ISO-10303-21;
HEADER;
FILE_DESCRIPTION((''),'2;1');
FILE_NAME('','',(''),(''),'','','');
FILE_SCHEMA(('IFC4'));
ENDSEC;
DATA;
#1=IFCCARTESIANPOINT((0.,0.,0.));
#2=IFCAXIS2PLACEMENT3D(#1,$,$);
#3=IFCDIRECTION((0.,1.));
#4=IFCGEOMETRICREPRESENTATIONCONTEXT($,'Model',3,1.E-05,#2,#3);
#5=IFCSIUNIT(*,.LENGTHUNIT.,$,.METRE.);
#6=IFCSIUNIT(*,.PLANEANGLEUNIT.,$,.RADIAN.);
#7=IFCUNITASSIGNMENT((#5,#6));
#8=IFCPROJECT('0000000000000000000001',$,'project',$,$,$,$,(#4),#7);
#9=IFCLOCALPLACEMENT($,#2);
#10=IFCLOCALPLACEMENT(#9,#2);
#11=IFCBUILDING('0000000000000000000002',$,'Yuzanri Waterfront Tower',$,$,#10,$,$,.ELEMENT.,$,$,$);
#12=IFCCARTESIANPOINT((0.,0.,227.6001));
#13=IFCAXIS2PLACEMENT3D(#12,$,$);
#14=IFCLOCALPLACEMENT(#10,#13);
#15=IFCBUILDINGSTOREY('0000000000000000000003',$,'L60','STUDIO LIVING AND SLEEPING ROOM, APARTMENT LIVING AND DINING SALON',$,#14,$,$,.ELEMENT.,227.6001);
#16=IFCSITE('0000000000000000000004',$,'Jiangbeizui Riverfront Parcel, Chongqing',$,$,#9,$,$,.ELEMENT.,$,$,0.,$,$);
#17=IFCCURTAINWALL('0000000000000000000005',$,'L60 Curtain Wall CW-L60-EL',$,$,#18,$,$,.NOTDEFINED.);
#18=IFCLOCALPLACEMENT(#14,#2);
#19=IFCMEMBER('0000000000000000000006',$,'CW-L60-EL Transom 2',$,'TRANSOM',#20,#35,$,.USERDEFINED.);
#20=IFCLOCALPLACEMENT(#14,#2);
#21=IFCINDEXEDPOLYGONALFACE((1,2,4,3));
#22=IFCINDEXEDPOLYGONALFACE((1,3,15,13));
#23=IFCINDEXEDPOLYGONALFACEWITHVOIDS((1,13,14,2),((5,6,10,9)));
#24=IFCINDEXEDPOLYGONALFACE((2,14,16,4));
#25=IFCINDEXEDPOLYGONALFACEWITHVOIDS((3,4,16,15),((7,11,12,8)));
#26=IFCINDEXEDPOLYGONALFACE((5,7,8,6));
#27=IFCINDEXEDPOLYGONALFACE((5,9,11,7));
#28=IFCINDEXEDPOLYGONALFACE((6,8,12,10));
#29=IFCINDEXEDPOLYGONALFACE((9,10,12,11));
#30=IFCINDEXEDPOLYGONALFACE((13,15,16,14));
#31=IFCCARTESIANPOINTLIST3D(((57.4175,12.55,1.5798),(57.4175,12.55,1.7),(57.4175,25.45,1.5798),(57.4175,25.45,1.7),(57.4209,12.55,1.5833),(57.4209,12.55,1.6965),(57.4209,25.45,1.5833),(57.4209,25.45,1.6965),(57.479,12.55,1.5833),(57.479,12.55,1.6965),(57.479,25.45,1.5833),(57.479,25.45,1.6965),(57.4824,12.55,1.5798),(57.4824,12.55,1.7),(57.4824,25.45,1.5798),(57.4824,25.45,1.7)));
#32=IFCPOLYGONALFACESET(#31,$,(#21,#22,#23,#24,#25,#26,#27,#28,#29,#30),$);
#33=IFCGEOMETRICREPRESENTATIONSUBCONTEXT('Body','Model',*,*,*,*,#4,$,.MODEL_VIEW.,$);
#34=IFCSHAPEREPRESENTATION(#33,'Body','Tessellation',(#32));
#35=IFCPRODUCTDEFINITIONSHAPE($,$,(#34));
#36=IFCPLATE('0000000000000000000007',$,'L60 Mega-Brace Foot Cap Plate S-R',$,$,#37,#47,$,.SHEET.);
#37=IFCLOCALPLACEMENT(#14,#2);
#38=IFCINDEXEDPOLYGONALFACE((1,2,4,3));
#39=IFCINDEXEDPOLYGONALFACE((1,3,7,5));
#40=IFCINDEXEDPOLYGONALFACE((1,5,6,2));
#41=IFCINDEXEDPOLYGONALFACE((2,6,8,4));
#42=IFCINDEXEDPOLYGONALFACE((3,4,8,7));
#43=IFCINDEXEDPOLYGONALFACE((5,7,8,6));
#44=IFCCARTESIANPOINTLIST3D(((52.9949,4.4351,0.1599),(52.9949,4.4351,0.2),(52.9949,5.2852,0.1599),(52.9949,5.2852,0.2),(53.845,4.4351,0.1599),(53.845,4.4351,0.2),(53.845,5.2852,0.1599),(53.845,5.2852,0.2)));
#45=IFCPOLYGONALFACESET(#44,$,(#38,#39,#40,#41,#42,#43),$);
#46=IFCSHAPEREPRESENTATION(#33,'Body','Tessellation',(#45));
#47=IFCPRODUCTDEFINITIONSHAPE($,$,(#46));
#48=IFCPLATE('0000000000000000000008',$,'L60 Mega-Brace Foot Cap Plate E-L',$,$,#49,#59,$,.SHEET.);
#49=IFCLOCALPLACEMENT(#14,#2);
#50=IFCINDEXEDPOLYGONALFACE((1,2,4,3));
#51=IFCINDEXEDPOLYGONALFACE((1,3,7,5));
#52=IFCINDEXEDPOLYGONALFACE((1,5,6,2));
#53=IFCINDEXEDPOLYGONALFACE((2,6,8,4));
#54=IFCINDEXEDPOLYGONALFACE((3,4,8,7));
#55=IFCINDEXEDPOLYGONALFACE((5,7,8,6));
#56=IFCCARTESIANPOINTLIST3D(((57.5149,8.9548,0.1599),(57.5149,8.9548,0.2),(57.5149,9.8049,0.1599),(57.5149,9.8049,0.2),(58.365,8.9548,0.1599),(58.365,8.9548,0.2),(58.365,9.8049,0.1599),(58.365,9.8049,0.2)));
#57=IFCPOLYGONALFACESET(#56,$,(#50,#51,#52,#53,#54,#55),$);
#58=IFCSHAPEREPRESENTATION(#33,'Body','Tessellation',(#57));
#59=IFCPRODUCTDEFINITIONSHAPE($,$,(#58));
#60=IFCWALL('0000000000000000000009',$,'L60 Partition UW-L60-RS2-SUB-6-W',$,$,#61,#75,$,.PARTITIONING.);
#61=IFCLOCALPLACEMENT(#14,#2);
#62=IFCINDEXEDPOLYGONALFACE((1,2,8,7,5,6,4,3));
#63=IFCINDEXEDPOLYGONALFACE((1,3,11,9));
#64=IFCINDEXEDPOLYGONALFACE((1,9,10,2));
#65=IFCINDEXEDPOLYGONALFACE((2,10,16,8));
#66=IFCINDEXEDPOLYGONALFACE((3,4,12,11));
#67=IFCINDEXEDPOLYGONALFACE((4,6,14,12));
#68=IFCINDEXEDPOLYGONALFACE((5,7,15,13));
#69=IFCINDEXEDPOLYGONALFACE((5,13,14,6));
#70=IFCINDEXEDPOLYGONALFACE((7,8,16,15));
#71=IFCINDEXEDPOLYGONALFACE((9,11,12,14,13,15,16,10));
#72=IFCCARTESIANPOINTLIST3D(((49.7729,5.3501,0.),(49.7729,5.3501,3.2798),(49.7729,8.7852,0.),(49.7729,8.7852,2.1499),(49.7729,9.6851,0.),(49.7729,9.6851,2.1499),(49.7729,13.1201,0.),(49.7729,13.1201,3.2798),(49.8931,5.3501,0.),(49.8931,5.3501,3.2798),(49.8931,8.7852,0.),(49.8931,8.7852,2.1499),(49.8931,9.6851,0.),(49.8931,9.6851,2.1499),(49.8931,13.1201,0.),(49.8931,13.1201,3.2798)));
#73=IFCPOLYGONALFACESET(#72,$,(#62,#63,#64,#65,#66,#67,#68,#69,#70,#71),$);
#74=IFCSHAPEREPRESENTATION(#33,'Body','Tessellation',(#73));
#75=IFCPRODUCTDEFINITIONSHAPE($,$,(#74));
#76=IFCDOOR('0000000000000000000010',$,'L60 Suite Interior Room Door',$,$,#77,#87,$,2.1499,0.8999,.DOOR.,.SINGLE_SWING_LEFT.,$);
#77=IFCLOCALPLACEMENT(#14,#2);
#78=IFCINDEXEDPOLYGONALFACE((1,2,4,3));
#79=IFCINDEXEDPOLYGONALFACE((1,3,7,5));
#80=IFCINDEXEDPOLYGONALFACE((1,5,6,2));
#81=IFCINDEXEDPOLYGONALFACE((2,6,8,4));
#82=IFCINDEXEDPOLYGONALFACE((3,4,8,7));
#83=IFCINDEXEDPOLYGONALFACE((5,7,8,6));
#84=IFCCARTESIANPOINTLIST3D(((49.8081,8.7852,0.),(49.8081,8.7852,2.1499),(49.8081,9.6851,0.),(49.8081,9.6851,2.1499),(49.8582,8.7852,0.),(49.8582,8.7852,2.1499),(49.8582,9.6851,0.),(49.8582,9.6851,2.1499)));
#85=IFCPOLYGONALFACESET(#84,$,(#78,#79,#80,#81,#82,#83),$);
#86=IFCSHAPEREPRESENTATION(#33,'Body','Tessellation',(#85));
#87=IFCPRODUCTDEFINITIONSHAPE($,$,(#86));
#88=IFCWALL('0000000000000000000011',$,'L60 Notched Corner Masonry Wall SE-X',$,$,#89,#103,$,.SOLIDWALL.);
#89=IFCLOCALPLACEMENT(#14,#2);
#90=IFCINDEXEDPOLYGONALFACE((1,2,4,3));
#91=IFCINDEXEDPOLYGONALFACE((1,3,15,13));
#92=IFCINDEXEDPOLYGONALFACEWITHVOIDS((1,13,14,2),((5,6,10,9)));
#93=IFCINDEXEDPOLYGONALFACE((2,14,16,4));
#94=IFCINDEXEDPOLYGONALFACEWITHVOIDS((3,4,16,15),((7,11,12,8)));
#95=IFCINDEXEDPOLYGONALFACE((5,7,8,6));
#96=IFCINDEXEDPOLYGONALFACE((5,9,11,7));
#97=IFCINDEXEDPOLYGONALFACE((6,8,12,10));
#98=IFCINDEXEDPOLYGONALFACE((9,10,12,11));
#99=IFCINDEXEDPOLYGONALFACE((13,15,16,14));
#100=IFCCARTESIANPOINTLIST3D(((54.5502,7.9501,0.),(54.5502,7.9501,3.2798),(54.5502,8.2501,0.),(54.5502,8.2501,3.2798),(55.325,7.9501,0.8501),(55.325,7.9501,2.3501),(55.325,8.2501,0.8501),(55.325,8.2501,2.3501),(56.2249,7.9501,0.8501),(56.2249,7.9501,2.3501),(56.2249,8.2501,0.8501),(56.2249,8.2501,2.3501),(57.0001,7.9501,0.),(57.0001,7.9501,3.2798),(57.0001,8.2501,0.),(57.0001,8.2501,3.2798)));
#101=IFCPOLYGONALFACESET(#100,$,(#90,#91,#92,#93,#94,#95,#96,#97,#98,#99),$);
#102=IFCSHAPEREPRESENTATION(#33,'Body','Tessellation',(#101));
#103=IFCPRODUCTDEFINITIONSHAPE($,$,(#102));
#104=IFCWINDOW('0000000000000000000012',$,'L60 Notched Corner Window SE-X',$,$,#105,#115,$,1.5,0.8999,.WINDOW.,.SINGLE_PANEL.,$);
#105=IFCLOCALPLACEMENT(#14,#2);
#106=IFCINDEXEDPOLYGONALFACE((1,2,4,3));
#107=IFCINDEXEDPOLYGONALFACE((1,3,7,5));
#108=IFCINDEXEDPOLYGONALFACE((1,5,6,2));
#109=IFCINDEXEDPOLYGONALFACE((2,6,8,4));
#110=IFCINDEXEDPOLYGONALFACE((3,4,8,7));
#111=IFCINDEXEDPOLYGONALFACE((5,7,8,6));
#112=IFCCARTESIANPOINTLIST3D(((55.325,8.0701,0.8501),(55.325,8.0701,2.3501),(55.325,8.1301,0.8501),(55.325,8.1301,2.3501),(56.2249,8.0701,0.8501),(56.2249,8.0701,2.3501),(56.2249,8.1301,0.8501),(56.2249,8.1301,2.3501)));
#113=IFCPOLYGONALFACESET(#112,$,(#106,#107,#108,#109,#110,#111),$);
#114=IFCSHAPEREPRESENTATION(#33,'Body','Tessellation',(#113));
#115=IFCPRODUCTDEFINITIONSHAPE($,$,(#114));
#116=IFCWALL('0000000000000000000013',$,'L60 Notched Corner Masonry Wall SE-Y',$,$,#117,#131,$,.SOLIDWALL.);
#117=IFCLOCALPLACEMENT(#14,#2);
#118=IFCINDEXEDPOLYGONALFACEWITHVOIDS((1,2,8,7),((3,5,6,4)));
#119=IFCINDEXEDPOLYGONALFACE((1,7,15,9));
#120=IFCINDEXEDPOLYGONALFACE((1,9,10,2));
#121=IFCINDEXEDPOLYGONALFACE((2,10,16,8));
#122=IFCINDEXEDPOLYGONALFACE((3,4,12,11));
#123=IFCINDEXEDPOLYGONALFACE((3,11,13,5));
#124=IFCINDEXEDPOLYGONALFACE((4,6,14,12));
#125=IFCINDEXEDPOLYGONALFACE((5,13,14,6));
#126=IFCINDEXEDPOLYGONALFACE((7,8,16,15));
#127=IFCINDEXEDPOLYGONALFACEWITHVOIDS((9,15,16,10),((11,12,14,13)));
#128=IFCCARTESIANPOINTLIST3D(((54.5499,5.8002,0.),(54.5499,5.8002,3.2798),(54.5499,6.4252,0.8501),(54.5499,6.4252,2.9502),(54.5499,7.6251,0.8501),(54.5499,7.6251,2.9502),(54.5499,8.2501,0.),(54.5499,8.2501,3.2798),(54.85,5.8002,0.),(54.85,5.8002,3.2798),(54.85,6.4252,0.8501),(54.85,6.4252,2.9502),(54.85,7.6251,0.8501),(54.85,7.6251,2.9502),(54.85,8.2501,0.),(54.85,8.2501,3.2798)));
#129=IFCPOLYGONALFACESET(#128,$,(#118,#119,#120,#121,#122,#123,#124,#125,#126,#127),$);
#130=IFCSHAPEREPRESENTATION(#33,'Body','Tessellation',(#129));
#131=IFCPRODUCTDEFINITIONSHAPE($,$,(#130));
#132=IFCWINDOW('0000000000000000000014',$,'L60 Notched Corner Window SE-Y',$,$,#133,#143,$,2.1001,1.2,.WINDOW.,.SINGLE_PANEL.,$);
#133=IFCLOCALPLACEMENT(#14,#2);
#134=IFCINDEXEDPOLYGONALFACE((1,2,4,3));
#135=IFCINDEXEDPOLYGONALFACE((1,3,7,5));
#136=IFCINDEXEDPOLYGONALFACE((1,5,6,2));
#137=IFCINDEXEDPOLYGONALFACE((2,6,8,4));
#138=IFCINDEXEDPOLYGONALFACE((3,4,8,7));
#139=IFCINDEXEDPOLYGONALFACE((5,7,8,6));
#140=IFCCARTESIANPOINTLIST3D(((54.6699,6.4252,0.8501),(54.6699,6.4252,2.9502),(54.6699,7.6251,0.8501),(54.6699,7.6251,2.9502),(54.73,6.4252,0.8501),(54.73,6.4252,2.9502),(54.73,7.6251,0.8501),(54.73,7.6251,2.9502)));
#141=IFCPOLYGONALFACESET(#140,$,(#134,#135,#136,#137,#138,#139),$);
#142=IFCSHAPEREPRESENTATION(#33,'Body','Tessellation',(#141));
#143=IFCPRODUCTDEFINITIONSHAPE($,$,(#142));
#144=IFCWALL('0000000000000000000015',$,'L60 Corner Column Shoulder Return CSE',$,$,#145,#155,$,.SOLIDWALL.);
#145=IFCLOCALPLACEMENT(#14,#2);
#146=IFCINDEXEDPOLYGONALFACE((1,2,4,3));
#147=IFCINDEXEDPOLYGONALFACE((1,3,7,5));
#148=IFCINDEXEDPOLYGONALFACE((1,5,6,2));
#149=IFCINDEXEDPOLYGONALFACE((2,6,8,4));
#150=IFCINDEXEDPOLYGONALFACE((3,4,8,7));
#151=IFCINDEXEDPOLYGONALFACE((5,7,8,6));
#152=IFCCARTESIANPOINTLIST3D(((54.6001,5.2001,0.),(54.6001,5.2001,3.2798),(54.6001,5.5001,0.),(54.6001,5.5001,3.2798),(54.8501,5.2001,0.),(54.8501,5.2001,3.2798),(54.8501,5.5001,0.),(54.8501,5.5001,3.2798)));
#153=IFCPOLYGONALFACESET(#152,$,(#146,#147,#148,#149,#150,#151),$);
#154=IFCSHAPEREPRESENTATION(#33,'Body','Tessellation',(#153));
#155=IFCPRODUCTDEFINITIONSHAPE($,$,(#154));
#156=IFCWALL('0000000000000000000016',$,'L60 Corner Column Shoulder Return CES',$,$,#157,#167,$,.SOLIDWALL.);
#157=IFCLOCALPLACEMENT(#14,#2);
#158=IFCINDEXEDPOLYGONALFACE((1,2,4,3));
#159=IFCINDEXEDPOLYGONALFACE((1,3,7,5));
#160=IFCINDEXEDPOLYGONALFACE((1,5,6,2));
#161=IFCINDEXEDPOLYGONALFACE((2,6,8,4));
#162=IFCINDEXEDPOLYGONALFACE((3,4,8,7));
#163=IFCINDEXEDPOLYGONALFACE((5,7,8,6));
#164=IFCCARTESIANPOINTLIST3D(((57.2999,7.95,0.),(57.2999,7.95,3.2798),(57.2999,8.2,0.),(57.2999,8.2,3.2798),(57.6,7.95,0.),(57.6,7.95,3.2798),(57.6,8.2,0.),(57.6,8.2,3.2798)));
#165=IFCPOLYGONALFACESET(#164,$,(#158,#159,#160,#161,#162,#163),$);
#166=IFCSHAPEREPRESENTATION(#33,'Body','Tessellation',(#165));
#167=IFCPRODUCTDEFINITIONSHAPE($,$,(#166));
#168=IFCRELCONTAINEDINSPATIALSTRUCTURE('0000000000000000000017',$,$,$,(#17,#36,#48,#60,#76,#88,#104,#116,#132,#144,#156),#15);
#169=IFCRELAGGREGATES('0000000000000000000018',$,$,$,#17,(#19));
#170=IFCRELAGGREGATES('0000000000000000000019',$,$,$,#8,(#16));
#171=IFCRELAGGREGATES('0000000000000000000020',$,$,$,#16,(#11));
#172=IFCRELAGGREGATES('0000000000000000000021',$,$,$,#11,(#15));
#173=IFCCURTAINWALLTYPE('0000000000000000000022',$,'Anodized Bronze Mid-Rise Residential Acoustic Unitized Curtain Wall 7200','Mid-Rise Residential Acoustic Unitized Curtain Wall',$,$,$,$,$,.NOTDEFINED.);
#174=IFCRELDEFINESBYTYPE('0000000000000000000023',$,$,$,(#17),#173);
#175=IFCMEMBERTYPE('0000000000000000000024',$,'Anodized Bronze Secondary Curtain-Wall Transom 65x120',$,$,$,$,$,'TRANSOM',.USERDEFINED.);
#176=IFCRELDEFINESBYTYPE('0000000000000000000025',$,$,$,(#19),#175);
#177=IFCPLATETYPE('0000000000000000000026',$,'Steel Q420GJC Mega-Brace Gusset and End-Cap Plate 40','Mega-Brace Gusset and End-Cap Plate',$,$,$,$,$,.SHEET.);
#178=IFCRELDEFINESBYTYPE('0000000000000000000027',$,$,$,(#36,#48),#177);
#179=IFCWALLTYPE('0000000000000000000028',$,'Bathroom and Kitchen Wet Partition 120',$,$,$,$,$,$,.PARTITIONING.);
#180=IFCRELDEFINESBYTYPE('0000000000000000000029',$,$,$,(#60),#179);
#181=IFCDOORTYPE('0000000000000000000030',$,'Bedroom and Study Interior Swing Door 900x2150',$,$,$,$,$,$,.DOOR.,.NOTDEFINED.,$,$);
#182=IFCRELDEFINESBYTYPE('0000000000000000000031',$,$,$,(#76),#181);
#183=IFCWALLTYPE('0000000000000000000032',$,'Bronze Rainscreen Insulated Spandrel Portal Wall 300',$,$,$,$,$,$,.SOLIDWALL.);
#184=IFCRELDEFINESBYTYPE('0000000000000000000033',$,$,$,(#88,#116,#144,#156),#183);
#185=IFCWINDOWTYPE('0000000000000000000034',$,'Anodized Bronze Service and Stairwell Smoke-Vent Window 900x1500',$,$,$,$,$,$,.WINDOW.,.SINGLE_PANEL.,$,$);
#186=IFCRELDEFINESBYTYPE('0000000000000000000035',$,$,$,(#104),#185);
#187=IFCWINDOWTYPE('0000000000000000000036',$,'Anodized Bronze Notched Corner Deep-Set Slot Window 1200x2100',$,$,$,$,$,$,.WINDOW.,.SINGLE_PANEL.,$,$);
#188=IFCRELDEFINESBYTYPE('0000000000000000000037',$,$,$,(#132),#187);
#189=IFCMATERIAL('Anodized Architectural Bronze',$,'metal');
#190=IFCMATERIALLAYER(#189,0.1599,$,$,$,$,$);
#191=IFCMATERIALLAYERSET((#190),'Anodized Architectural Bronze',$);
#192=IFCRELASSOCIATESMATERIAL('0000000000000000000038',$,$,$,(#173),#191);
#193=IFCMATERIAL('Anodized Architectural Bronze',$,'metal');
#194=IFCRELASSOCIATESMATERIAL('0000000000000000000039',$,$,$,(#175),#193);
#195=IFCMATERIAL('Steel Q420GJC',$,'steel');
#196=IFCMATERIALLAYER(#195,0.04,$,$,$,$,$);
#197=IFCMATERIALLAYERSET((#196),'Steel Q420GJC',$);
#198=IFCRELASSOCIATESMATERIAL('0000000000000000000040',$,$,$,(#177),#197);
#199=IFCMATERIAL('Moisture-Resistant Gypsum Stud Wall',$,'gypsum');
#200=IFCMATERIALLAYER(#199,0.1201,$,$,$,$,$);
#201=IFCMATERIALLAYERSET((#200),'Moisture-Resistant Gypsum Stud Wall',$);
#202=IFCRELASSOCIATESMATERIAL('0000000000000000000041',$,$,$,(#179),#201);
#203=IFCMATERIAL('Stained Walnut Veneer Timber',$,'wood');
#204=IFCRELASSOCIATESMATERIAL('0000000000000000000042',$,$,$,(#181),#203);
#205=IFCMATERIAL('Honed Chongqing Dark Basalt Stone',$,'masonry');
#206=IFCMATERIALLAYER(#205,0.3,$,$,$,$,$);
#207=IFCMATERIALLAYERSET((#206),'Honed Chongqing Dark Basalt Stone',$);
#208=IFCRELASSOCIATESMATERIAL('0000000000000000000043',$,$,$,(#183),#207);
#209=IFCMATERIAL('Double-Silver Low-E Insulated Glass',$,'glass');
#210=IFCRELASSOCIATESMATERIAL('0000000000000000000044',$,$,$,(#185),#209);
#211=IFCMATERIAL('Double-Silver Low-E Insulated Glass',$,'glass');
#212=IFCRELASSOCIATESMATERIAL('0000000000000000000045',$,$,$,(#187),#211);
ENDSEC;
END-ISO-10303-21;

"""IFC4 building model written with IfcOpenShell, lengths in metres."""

from ifc_helpers import new_model, si_unit, direction, frame, frame_2d, origin, origin_2d, place, context, subcontext, project, spatial, rectangle, hollow_rectangle, extrude, source, transform, mapped, material, layer, layer_set, material_profile, profile_set, type_object, element, fill, aggregate, save


model = new_model("IFC4")

# Units and contexts
model_context = context("Model", 3, precision=1e-05, world=origin(), true_north=direction((0.0, 1.0)))
body_context = subcontext(model_context, "Body", "Model", "MODEL_VIEW")
ifc_project = project(units=[si_unit("LENGTHUNIT", "METRE"), si_unit("PLANEANGLEUNIT", "RADIAN")], contexts=[model_context])

# Site, building, storey
site_placement = place(None, origin())
site = spatial("IfcSite", under=ifc_project, at=site_placement, Name="Jiangbeizui Riverfront Parcel, Chongqing", CompositionType="ELEMENT", RefElevation=0.0)
building_placement = place(site_placement, origin())
building = spatial("IfcBuilding", under=site, at=building_placement, Name="Yuzanri Waterfront Tower", CompositionType="ELEMENT")
storey_placement = place(building_placement, frame((0.0, 0.0, 227.6001)))
storey = spatial("IfcBuildingStorey", under=building, at=storey_placement, Name="L60", Description="STUDIO LIVING AND SLEEPING ROOM, APARTMENT LIVING AND DINING SALON", CompositionType="ELEMENT", Elevation=227.6001)

# Curtain wall, member
ifc_material_1 = material(Name="Anodized Architectural Bronze", Category="metal")
ifc_layer_1 = layer(ifc_material_1, 0.1599)
ifc_layer_set_1 = layer_set([ifc_layer_1], Name="Anodized Architectural Bronze")
curtain_wall_type = type_object("IfcCurtainWallType", Name="Anodized Bronze Mid-Rise Residential Acoustic Unitized Curtain Wall 7200", Description="Mid-Rise Residential Acoustic Unitized Curtain Wall", PredefinedType="NOTDEFINED", material=ifc_layer_set_1)
curtain_wall_1_placement = place(storey_placement, origin())
curtain_wall_1 = element("IfcCurtainWall", 1, at=curtain_wall_1_placement, inside=storey, type_object=curtain_wall_type, Name="L60 Curtain Wall CW-L60-EL", PredefinedType="NOTDEFINED")
ifc_material_2 = material(Name="Anodized Architectural Bronze", Category="metal")
ifc_material_profile_1 = material_profile(ifc_material_2, hollow_rectangle(XDim=0.0649, YDim=0.1201, WallThickness=0.0034, at=origin_2d()), Name="CWT 65x120")
ifc_profile_set_1 = profile_set([ifc_material_profile_1], Name="Anodized Architectural Bronze")
member_type_1 = type_object("IfcMemberType", Name="Anodized Bronze Secondary Curtain-Wall Transom 65x120", ElementType="TRANSOM", PredefinedType="USERDEFINED", material=ifc_profile_set_1)
shared_shape_1 = source(origin(), body_context, "Body", "SweptSolid", [
    extrude(hollow_rectangle(XDim=0.0649, YDim=0.1201, WallThickness=0.0034, at=origin_2d()), origin(), (0.0, 0.0, 1.0), 12.8999),
])
member_1_placement = place(storey_placement, frame((57.45, 12.55, 1.6399), z_axis=(0.0, 1.0, 0.0), x_axis=(-1.0, 0.0, 0.0)))
member_1 = element("IfcMember", 2, at=member_1_placement, type_object=member_type_1, Name="CW-L60-EL Transom 2", ObjectType="TRANSOM", PredefinedType="USERDEFINED", context=body_context, shape_type="MappedRepresentation", body=[
    mapped(shared_shape_1, transform((0.0, 0.0, 0.0), scale=1.0)),
])
aggregate(curtain_wall_1, [member_1])

# Plates
ifc_material_3 = material(Name="Steel Q420GJC", Category="steel")
ifc_layer_2 = layer(ifc_material_3, 0.04)
ifc_layer_set_2 = layer_set([ifc_layer_2], Name="Steel Q420GJC")
plate_type = type_object("IfcPlateType", Name="Steel Q420GJC Mega-Brace Gusset and End-Cap Plate 40", Description="Mega-Brace Gusset and End-Cap Plate", PredefinedType="SHEET", material=ifc_layer_set_2)
shared_shape_2 = source(origin(), body_context, "Body", "SweptSolid", [
    extrude(rectangle(XDim=0.8501, YDim=0.8501, at=origin_2d()), origin(), (0.0, 0.0, 1.0), 0.04),
])
for number, where, z_axis, x_axis, name in (
    (3, (53.4199, 4.8601, 0.1599), (0.0, 0.0, 1.0), (1.0, 0.0, 0.0), "L60 Mega-Brace Foot Cap Plate S-R"),
    (4, (57.9399, 9.3799, 0.1599), (0.0, 0.0, 1.0), (1.0, 0.0, 0.0), "L60 Mega-Brace Foot Cap Plate E-L"),
):
    element("IfcPlate", number, at=place(storey_placement, frame(where, z_axis=z_axis, x_axis=x_axis)), inside=storey, type_object=plate_type, Name=name, PredefinedType="SHEET", context=body_context, shape_type="MappedRepresentation", body=[
        mapped(shared_shape_2, transform((0.0, 0.0, 0.0), scale=1.0)),
    ])

# Wall, opening, door
ifc_material_4 = material(Name="Moisture-Resistant Gypsum Stud Wall", Category="gypsum")
ifc_layer_3 = layer(ifc_material_4, 0.1201)
ifc_layer_set_3 = layer_set([ifc_layer_3], Name="Moisture-Resistant Gypsum Stud Wall")
wall_type_1 = type_object("IfcWallType", Name="Bathroom and Kitchen Wet Partition 120", PredefinedType="PARTITIONING", material=ifc_layer_set_3)
wall_1_placement = place(storey_placement, frame((49.833, 5.3501, 0.0), z_axis=(0.0, 0.0, 1.0), x_axis=(0.0, 1.0, 0.0)))
wall_1 = element("IfcWall", 5, at=wall_1_placement, inside=storey, type_object=wall_type_1, Name="L60 Partition UW-L60-RS2-SUB-6-W", PredefinedType="PARTITIONING", context=body_context, shape_type="SweptSolid", body=[
    extrude(rectangle(XDim=7.77, YDim=0.1201, at=frame_2d((3.885, 0.0))), origin(), (0.0, 0.0, 1.0), 3.2798),
])
opening_1_placement = place(wall_1_placement, frame((3.4351, 0.0, 0.0)))
opening_1 = element("IfcOpeningElement", 6, at=opening_1_placement, cuts=wall_1, PredefinedType="OPENING", context=body_context, shape_type="SweptSolid", body=[
    extrude(rectangle(XDim=0.8999, YDim=2.1499, at=frame_2d((0.45, 1.075))), frame((0.0, 0.075, 0.0), z_axis=(0.0, -1.0, 0.0), x_axis=(1.0, 0.0, 0.0)), (0.0, 0.0, 1.0), 0.1499),
])
ifc_material_5 = material(Name="Stained Walnut Veneer Timber", Category="wood")
door_type = type_object("IfcDoorType", Name="Bedroom and Study Interior Swing Door 900x2150", OperationType="NOTDEFINED", PredefinedType="DOOR", material=ifc_material_5)
shared_shape_3 = source(origin(), body_context, "Body", "SweptSolid", [
    extrude(rectangle(XDim=0.8999, YDim=2.1499, at=frame_2d((0.45, 1.075))), frame((0.0, 0.0249, 0.0), z_axis=(0.0, -1.0, 0.0), x_axis=(1.0, 0.0, 0.0)), (0.0, 0.0, 1.0), 0.05),
])
door_placement = place(opening_1_placement, origin())
door = element("IfcDoor", 7, at=door_placement, inside=storey, type_object=door_type, Name="L60 Suite Interior Room Door", OperationType="SINGLE_SWING_LEFT", OverallHeight=2.1499, OverallWidth=0.8999, PredefinedType="DOOR", context=body_context, shape_type="MappedRepresentation", body=[
    mapped(shared_shape_3, transform((0.0, 0.0, 0.0), scale=1.0)),
])
fill(opening_1, door)

# Walls, openings, windows
ifc_material_6 = material(Name="Honed Chongqing Dark Basalt Stone", Category="masonry")
ifc_layer_4 = layer(ifc_material_6, 0.3)
ifc_layer_set_4 = layer_set([ifc_layer_4], Name="Honed Chongqing Dark Basalt Stone")
wall_type_2 = type_object("IfcWallType", Name="Bronze Rainscreen Insulated Spandrel Portal Wall 300", PredefinedType="SOLIDWALL", material=ifc_layer_set_4)
wall_2_placement = place(storey_placement, frame((54.55, 8.1001, 0.0), z_axis=(0.0, 0.0, 1.0), x_axis=(1.0, 0.0, 0.0)))
wall_2 = element("IfcWall", 8, at=wall_2_placement, inside=storey, type_object=wall_type_2, Name="L60 Notched Corner Masonry Wall SE-X", PredefinedType="SOLIDWALL", context=body_context, shape_type="SweptSolid", body=[
    extrude(rectangle(XDim=2.45, YDim=0.3, at=frame_2d((1.2251, 0.0))), origin(), (0.0, 0.0, 1.0), 3.2798),
])
opening_2_placement = place(wall_2_placement, frame((0.7749, 0.0, 0.8501)))
opening_2 = element("IfcOpeningElement", 9, at=opening_2_placement, cuts=wall_2, PredefinedType="OPENING", context=body_context, shape_type="SweptSolid", body=[
    extrude(rectangle(XDim=0.8999, YDim=1.5, at=frame_2d((0.45, 0.75))), frame((0.0, 0.165, 0.0), z_axis=(0.0, -1.0, 0.0), x_axis=(1.0, 0.0, 0.0)), (0.0, 0.0, 1.0), 0.3298),
])
ifc_material_7 = material(Name="Double-Silver Low-E Insulated Glass", Category="glass")
window_type_1 = type_object("IfcWindowType", Name="Anodized Bronze Service and Stairwell Smoke-Vent Window 900x1500", PartitioningType="SINGLE_PANEL", PredefinedType="WINDOW", material=ifc_material_7)
shared_shape_4 = source(origin(), body_context, "Body", "SweptSolid", [
    extrude(rectangle(XDim=0.8999, YDim=1.5, at=frame_2d((0.45, 0.75))), frame((0.0, 0.03, 0.0), z_axis=(0.0, -1.0, 0.0), x_axis=(1.0, 0.0, 0.0)), (0.0, 0.0, 1.0), 0.0601),
])
window_1_placement = place(opening_2_placement, origin())
window_1 = element("IfcWindow", 10, at=window_1_placement, inside=storey, type_object=window_type_1, Name="L60 Notched Corner Window SE-X", OverallHeight=1.5, OverallWidth=0.8999, PartitioningType="SINGLE_PANEL", PredefinedType="WINDOW", context=body_context, shape_type="MappedRepresentation", body=[
    mapped(shared_shape_4, transform((0.0, 0.0, 0.0), scale=1.0)),
])
fill(opening_2, window_1)
wall_3_placement = place(storey_placement, frame((54.7, 5.8, 0.0), z_axis=(0.0, 0.0, 1.0), x_axis=(0.0, 1.0, 0.0)))
wall_3 = element("IfcWall", 11, at=wall_3_placement, inside=storey, type_object=wall_type_2, Name="L60 Notched Corner Masonry Wall SE-Y", PredefinedType="SOLIDWALL", context=body_context, shape_type="SweptSolid", body=[
    extrude(rectangle(XDim=2.45, YDim=0.3, at=frame_2d((1.2251, 0.0))), origin(), (0.0, 0.0, 1.0), 3.2798),
])
opening_3_placement = place(wall_3_placement, frame((0.625, 0.0, 0.8501)))
opening_3 = element("IfcOpeningElement", 12, at=opening_3_placement, cuts=wall_3, PredefinedType="OPENING", context=body_context, shape_type="SweptSolid", body=[
    extrude(rectangle(XDim=1.2, YDim=2.1001, at=frame_2d((0.6001, 1.05))), frame((0.0, 0.165, 0.0), z_axis=(0.0, -1.0, 0.0), x_axis=(1.0, 0.0, 0.0)), (0.0, 0.0, 1.0), 0.3298),
])
ifc_material_8 = material(Name="Double-Silver Low-E Insulated Glass", Category="glass")
window_type_2 = type_object("IfcWindowType", Name="Anodized Bronze Notched Corner Deep-Set Slot Window 1200x2100", PartitioningType="SINGLE_PANEL", PredefinedType="WINDOW", material=ifc_material_8)
shared_shape_5 = source(origin(), body_context, "Body", "SweptSolid", [
    extrude(rectangle(XDim=1.2, YDim=2.1001, at=frame_2d((0.6001, 1.05))), frame((0.0, 0.03, 0.0), z_axis=(0.0, -1.0, 0.0), x_axis=(1.0, 0.0, 0.0)), (0.0, 0.0, 1.0), 0.0601),
])
window_2_placement = place(opening_3_placement, origin())
window_2 = element("IfcWindow", 13, at=window_2_placement, inside=storey, type_object=window_type_2, Name="L60 Notched Corner Window SE-Y", OverallHeight=2.1001, OverallWidth=1.2, PartitioningType="SINGLE_PANEL", PredefinedType="WINDOW", context=body_context, shape_type="MappedRepresentation", body=[
    mapped(shared_shape_5, transform((0.0, 0.0, 0.0), scale=1.0)),
])
fill(opening_3, window_2)

# Walls
shared_shape_6 = source(origin(), body_context, "Body", "SweptSolid", [
    extrude(rectangle(XDim=0.25, YDim=0.3, at=frame_2d((0.125, 0.0))), origin(), (0.0, 0.0, 1.0), 3.2798),
])
for number, where, z_axis, x_axis, name in (
    (14, (54.6001, 5.3501, 0.0), (0.0, 0.0, 1.0), (1.0, 0.0, 0.0), "L60 Corner Column Shoulder Return CSE"),
    (15, (57.45, 7.95, 0.0), (0.0, 0.0, 1.0), (0.0, 1.0, 0.0), "L60 Corner Column Shoulder Return CES"),
):
    element("IfcWall", number, at=place(storey_placement, frame(where, z_axis=z_axis, x_axis=x_axis)), inside=storey, type_object=wall_type_2, Name=name, PredefinedType="SOLIDWALL", context=body_context, shape_type="MappedRepresentation", body=[
        mapped(shared_shape_6, transform((0.0, 0.0, 0.0), scale=1.0)),
    ])

save(model, "model.ifc")
